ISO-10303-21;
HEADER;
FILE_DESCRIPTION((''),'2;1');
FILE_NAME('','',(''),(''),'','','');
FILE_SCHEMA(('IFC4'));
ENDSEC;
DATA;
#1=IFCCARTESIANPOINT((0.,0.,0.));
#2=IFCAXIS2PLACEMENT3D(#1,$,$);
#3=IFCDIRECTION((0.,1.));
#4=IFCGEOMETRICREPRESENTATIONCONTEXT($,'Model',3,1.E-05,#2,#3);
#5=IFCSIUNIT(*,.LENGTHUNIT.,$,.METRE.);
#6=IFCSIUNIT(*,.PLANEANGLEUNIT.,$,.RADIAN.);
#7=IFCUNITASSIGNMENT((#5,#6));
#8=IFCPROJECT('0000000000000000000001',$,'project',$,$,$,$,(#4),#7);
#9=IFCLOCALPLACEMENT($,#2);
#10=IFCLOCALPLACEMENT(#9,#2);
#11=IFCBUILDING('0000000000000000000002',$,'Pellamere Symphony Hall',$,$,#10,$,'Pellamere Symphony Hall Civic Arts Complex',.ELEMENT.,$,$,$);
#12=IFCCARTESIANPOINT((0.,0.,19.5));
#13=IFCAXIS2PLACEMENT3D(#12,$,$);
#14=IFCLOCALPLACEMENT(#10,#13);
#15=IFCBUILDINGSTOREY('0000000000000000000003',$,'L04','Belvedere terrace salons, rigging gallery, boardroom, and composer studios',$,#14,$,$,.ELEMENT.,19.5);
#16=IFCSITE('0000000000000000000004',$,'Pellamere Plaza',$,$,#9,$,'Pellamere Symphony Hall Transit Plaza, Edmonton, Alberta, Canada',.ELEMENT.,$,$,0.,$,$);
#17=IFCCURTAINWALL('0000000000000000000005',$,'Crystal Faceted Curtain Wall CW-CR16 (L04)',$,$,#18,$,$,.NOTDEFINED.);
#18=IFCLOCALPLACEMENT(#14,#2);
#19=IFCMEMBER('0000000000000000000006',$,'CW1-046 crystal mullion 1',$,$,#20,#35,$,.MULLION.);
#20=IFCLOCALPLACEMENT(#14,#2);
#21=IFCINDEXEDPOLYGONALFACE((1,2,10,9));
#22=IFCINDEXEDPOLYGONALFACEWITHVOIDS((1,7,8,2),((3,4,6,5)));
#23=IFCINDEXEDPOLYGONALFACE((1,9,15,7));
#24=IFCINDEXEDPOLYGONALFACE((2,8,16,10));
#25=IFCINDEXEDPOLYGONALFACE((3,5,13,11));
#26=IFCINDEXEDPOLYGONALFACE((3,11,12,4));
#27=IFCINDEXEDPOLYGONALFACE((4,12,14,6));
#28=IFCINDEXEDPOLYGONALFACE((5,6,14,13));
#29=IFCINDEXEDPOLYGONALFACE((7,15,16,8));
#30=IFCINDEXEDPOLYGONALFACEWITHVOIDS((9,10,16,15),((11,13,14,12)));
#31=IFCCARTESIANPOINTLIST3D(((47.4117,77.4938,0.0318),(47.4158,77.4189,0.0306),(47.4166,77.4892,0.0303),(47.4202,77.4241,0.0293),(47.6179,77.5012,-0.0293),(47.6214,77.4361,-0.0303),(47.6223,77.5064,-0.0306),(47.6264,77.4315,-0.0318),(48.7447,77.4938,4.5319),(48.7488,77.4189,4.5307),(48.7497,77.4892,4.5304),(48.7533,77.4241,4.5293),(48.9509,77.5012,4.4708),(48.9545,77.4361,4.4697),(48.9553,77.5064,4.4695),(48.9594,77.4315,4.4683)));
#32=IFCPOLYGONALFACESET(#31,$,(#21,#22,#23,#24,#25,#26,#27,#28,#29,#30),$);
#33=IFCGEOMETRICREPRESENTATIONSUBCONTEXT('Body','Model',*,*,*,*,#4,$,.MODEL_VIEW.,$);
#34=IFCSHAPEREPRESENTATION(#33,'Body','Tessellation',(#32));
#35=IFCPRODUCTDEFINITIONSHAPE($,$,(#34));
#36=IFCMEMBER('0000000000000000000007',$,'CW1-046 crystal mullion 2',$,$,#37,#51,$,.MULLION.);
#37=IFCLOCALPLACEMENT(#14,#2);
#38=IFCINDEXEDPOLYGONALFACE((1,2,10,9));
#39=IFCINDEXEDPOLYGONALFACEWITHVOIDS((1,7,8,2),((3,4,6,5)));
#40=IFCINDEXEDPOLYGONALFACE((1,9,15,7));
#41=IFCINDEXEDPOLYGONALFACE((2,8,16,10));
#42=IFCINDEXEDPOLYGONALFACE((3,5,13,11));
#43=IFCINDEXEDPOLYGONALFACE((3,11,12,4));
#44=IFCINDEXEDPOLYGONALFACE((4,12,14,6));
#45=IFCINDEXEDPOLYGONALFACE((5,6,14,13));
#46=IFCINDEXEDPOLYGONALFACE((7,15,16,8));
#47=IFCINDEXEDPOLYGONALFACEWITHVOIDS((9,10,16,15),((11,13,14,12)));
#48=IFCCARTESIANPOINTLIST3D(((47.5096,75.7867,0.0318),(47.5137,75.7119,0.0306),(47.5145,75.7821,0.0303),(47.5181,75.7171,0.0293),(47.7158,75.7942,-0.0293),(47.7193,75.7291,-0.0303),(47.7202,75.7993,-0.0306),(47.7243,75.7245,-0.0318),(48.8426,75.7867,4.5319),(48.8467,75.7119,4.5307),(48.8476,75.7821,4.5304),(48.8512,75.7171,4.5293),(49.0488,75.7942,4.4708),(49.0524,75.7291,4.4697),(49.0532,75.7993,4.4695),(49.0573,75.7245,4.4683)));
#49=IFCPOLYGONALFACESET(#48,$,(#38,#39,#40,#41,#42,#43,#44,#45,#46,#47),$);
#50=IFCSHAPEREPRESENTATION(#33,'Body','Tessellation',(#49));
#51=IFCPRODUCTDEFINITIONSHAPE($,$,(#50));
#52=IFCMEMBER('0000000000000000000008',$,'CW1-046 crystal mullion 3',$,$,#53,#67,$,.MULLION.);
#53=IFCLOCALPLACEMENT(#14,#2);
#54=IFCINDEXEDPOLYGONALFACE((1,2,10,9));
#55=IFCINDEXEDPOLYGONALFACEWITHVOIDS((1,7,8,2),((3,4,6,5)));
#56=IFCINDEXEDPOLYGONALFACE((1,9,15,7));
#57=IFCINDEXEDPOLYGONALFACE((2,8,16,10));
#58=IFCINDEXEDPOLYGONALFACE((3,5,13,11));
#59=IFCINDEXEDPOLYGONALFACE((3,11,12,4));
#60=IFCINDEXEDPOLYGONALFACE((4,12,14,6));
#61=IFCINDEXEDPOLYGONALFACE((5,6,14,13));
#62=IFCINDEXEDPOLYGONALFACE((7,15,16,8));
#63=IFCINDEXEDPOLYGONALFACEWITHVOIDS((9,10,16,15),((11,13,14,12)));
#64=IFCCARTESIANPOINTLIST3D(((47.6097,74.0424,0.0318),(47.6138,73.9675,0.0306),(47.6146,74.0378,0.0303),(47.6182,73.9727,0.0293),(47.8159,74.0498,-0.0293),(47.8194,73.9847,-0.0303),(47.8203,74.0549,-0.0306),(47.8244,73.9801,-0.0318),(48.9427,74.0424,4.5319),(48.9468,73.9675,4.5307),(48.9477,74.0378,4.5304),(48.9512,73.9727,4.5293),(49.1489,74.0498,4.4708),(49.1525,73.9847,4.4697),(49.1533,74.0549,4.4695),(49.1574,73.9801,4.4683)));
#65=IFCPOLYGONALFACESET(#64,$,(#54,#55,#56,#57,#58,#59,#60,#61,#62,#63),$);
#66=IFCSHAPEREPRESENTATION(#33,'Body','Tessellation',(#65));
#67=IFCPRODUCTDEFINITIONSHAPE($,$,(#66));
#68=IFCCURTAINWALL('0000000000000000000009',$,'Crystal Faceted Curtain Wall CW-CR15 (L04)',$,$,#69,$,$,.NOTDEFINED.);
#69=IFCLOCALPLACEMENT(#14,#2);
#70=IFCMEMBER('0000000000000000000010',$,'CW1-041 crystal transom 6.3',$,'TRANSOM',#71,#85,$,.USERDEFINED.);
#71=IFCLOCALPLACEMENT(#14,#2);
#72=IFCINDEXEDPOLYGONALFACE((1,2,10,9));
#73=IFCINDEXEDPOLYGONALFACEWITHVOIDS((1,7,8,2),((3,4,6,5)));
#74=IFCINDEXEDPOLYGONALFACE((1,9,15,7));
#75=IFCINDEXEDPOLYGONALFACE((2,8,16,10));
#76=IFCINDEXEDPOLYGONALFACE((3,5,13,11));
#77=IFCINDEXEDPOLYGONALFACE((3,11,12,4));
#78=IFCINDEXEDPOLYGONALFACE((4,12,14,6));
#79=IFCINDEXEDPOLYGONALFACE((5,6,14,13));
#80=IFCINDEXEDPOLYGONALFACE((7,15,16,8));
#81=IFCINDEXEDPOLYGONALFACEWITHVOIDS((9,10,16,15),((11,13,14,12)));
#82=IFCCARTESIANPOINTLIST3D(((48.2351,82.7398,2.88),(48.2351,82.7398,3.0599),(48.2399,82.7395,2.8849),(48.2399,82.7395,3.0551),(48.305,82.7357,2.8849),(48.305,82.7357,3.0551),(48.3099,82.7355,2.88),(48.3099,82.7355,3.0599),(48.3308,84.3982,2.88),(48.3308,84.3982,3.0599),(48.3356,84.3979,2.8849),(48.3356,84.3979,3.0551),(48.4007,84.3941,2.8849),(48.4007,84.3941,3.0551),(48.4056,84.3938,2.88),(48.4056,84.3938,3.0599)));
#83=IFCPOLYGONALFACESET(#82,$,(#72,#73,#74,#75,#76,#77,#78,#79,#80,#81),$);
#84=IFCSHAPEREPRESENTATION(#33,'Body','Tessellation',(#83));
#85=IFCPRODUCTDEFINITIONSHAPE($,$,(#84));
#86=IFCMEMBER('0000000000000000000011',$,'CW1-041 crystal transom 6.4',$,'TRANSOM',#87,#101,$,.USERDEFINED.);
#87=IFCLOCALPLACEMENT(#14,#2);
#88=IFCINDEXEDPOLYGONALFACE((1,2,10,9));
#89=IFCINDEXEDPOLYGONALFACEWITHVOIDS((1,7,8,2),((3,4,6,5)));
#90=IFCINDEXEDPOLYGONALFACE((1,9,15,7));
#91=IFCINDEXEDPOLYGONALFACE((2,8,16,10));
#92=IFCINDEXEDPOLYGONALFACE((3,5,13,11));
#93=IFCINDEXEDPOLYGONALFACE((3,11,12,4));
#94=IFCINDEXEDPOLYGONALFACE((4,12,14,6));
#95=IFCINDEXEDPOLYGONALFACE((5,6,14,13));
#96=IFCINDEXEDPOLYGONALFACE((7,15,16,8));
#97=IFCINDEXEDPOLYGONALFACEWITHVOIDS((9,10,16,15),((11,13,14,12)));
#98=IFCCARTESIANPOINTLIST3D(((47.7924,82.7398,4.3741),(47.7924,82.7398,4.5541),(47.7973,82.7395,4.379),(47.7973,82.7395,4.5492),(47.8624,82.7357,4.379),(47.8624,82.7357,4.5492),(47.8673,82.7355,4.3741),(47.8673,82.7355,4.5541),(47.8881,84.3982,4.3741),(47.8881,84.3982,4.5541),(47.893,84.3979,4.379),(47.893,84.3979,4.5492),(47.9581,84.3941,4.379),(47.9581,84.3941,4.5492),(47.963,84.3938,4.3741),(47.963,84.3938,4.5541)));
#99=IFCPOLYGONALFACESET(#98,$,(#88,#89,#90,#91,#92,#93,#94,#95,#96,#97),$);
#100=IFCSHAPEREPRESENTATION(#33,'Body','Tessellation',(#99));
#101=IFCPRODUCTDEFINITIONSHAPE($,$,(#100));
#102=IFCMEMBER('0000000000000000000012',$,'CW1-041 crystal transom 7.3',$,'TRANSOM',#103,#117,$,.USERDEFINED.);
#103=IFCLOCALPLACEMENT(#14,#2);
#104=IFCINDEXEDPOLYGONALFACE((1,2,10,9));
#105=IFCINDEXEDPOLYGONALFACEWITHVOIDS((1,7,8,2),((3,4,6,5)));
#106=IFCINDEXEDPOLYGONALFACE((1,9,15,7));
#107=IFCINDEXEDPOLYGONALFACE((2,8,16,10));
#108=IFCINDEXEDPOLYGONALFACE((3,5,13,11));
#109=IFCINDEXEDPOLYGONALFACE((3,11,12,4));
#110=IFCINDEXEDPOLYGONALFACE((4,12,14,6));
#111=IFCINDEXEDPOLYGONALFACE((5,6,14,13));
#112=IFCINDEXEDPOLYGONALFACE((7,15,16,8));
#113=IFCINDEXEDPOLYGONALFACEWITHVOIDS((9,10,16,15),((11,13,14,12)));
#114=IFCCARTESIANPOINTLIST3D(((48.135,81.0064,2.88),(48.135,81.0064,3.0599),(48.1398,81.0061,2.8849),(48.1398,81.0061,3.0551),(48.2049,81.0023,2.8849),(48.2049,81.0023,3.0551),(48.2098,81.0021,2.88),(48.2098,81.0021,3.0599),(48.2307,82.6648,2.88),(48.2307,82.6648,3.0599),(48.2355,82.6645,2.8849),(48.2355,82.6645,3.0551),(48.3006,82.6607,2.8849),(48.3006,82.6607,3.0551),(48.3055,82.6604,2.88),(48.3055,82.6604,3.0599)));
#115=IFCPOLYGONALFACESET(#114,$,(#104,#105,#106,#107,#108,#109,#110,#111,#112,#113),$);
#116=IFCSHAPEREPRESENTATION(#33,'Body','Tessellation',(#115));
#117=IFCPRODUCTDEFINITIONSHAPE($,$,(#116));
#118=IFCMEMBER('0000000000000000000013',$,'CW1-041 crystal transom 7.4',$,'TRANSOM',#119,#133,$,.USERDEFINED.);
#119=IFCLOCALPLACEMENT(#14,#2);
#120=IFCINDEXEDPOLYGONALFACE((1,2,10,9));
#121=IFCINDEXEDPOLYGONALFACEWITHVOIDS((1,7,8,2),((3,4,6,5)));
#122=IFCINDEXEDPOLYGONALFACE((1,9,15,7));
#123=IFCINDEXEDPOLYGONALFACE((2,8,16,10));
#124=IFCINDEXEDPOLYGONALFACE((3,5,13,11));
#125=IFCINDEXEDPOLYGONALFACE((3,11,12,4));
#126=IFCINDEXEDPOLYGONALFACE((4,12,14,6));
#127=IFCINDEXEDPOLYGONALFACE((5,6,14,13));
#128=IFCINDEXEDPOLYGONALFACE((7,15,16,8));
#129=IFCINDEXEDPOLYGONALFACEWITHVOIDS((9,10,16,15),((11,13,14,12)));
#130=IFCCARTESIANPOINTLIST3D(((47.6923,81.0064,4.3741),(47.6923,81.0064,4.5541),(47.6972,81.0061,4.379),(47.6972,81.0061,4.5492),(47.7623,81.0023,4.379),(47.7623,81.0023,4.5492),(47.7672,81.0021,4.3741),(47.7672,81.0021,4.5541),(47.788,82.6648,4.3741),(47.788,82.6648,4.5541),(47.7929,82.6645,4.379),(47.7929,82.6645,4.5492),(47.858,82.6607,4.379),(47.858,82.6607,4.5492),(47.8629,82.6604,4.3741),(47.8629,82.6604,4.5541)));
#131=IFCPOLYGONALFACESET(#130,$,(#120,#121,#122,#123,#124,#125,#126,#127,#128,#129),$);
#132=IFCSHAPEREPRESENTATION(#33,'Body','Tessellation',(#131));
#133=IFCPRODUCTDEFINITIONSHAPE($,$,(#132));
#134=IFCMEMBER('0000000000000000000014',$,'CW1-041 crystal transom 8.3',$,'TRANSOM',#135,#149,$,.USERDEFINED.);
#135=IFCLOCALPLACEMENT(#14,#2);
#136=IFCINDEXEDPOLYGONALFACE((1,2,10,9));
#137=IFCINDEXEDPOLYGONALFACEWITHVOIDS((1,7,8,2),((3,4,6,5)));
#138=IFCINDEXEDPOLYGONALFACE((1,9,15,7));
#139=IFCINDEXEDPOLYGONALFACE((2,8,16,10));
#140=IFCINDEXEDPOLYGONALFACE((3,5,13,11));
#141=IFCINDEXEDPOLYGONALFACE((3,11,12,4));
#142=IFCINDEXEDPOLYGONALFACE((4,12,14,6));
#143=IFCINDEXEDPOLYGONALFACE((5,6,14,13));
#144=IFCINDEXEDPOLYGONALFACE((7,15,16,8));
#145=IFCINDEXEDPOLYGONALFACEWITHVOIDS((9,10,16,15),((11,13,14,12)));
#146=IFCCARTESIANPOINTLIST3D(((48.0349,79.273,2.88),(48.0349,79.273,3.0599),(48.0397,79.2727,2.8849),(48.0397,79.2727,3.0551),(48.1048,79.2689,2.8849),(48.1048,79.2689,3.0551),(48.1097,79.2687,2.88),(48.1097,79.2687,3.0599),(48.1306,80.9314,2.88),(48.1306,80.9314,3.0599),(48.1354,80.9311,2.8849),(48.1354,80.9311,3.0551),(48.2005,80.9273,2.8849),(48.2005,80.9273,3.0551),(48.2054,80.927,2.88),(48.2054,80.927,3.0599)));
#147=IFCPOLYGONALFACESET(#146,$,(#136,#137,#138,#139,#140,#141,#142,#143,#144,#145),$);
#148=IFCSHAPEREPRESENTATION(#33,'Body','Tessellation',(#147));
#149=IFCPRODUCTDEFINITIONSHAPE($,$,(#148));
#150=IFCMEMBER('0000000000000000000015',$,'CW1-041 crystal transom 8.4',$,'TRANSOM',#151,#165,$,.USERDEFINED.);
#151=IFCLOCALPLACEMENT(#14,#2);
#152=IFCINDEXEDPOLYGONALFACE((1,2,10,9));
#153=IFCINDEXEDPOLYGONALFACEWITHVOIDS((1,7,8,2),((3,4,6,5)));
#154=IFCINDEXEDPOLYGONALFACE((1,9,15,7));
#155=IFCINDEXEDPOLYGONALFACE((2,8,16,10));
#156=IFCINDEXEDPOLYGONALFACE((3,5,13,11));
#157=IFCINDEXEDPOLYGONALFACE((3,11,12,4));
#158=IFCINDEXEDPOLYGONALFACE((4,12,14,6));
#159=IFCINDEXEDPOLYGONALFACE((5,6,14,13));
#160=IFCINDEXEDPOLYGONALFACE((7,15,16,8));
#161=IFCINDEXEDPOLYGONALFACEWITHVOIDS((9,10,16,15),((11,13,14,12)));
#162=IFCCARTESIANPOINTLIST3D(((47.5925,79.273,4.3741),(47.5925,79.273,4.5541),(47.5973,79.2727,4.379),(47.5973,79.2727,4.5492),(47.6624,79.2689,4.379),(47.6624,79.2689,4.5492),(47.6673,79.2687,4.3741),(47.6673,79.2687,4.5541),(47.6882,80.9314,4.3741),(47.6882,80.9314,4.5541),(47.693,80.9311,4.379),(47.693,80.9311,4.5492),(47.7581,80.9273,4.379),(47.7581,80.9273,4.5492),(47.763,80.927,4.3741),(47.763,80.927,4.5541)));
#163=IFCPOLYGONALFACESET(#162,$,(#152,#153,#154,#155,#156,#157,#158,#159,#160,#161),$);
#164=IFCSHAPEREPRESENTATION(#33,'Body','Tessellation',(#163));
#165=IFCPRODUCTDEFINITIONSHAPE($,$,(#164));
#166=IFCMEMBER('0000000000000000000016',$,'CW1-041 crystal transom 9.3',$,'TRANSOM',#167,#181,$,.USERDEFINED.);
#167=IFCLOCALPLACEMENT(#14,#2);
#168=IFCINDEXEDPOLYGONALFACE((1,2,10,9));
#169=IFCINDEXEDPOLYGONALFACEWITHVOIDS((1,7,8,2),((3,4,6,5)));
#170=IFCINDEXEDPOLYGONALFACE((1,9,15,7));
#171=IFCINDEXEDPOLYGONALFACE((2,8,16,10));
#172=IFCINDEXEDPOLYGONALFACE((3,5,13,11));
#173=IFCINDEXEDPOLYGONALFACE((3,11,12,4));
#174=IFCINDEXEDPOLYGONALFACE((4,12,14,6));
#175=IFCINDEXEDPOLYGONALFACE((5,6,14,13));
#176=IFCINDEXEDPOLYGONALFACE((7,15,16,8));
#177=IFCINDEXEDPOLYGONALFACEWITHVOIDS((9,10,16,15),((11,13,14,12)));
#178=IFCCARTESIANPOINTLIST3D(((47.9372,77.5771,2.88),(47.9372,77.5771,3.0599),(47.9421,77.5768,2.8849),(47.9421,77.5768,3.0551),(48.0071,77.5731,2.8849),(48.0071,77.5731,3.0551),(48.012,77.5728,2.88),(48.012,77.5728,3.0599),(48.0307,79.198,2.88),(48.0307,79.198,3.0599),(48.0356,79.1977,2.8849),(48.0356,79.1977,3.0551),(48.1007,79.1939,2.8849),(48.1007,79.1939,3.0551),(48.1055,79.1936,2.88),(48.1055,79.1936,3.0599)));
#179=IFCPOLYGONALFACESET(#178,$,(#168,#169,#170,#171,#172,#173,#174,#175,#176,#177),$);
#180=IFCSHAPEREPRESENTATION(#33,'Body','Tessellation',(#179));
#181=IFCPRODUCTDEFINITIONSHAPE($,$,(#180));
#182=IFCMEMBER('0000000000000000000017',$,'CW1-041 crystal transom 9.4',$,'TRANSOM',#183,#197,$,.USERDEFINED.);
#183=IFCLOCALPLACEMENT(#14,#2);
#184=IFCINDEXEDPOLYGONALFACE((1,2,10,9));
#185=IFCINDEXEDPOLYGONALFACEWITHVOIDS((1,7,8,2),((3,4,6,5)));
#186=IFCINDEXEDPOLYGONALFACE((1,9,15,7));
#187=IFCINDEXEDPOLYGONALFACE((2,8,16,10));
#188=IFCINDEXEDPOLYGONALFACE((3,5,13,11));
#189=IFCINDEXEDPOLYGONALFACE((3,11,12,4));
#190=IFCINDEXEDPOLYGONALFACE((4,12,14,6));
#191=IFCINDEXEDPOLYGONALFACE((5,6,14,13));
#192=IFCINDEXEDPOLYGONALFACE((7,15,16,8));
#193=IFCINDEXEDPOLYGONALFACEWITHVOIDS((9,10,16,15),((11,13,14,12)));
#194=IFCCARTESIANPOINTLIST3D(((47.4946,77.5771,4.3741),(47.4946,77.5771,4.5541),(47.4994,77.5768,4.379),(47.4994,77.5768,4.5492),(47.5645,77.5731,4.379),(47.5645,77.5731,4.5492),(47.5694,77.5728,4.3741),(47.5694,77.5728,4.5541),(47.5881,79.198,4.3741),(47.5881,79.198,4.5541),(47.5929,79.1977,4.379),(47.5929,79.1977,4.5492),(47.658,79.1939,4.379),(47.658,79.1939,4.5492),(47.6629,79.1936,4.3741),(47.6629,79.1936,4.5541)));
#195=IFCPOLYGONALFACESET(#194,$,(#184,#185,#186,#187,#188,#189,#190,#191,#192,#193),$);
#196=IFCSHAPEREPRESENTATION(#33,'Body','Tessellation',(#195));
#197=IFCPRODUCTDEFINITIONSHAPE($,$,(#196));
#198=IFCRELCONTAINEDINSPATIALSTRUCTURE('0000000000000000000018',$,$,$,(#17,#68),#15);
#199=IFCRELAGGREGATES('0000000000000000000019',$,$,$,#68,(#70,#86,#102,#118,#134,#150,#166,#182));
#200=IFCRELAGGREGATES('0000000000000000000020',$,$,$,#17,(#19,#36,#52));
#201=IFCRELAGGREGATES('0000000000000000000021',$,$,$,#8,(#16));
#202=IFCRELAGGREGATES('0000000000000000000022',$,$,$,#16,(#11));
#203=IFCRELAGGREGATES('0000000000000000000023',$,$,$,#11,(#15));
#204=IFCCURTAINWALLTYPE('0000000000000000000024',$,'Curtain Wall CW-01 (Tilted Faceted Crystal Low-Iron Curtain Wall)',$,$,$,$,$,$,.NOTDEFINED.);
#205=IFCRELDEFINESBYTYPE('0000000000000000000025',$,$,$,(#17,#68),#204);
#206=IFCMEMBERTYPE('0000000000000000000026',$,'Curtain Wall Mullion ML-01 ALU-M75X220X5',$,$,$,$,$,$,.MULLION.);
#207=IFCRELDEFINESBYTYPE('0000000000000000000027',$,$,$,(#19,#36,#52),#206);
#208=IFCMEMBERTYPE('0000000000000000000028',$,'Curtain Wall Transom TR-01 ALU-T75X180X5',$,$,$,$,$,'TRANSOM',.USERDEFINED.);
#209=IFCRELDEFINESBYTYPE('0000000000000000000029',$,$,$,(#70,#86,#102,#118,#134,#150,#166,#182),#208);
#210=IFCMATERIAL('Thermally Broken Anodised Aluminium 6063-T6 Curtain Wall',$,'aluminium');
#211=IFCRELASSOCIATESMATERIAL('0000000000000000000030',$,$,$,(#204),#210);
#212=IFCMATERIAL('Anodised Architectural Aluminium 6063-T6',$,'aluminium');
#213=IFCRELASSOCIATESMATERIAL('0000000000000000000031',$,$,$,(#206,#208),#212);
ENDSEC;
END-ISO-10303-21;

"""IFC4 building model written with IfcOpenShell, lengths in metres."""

from ifc_helpers import new_model, si_unit, direction, frame, origin, origin_2d, place, context, subcontext, project, spatial, hollow_rectangle, extrude, material, material_profile, profile_set, type_object, element, aggregate, save


model = new_model("IFC4")

# Units and contexts
model_context = context("Model", 3, precision=1e-05, world=origin(), true_north=direction((0.0, 1.0)))
body_context = subcontext(model_context, "Body", "Model", "MODEL_VIEW")
ifc_project = project(units=[si_unit("LENGTHUNIT", "METRE"), si_unit("PLANEANGLEUNIT", "RADIAN")], contexts=[model_context])

# Site, building, storey
site_placement = place(None, origin())
site = spatial("IfcSite", under=ifc_project, at=site_placement, Name="Pellamere Plaza", LongName="Pellamere Symphony Hall Transit Plaza, Edmonton, Alberta, Canada", CompositionType="ELEMENT", RefElevation=0.0)
building_placement = place(site_placement, origin())
building = spatial("IfcBuilding", under=site, at=building_placement, Name="Pellamere Symphony Hall", LongName="Pellamere Symphony Hall Civic Arts Complex", CompositionType="ELEMENT")
storey_placement = place(building_placement, frame((0.0, 0.0, 19.5)))
storey = spatial("IfcBuildingStorey", under=building, at=storey_placement, Name="L04", Description="Belvedere terrace salons, rigging gallery, boardroom, and composer studios", CompositionType="ELEMENT", Elevation=19.5)

# Curtain walls, members
ifc_material_1 = material(Name="Thermally Broken Anodised Aluminium 6063-T6 Curtain Wall", Category="aluminium")
curtain_wall_type = type_object("IfcCurtainWallType", Name="Curtain Wall CW-01 (Tilted Faceted Crystal Low-Iron Curtain Wall)", PredefinedType="NOTDEFINED", material=ifc_material_1)
curtain_wall_1_placement = place(storey_placement, origin())
curtain_wall_1 = element("IfcCurtainWall", 1, at=curtain_wall_1_placement, inside=storey, type_object=curtain_wall_type, Name="Crystal Faceted Curtain Wall CW-CR16 (L04)", PredefinedType="NOTDEFINED")
ifc_material_2 = material(Name="Anodised Architectural Aluminium 6063-T6", Category="aluminium")
ifc_material_profile_1 = material_profile(ifc_material_2, hollow_rectangle(XDim=0.075, YDim=0.22, WallThickness=0.0049, at=origin_2d()), Name="ALU-M75X220X5")
ifc_profile_set_1 = profile_set([ifc_material_profile_1], Name="Anodised Architectural Aluminium 6063-T6")
member_type_1 = type_object("IfcMemberType", Name="Curtain Wall Mullion ML-01 ALU-M75X220X5", PredefinedType="MULLION", material=ifc_profile_set_1)
member_1_placement = place(storey_placement, frame((47.519, 77.4626, 0.0), z_axis=(0.284025, 0.0, 0.958817), x_axis=(-0.054874, 0.998361, 0.016255)))
member_1 = element("IfcMember", 2, at=member_1_placement, type_object=member_type_1, Name="CW1-046 crystal mullion 1", PredefinedType="MULLION", context=body_context, shape_type="SweptSolid", body=[
    extrude(hollow_rectangle(XDim=0.075, YDim=0.22, WallThickness=0.0049, at=origin_2d()), origin(), (0.0, 0.0, 1.0), 4.6934),
])
member_2_placement = place(storey_placement, frame((47.6169, 75.7556, 0.0), z_axis=(0.284025, 0.0, 0.958817), x_axis=(-0.054874, 0.998361, 0.016255)))
member_2 = element("IfcMember", 3, at=member_2_placement, type_object=member_type_1, Name="CW1-046 crystal mullion 2", PredefinedType="MULLION", context=body_context, shape_type="SweptSolid", body=[
    extrude(hollow_rectangle(XDim=0.075, YDim=0.22, WallThickness=0.0049, at=origin_2d()), origin(), (0.0, 0.0, 1.0), 4.6934),
])
member_3_placement = place(storey_placement, frame((47.717, 74.0112, 0.0), z_axis=(0.284025, 0.0, 0.958817), x_axis=(-0.054874, 0.998361, 0.016255)))
member_3 = element("IfcMember", 4, at=member_3_placement, type_object=member_type_1, Name="CW1-046 crystal mullion 3", PredefinedType="MULLION", context=body_context, shape_type="SweptSolid", body=[
    extrude(hollow_rectangle(XDim=0.075, YDim=0.22, WallThickness=0.0049, at=origin_2d()), origin(), (0.0, 0.0, 1.0), 4.6934),
])
curtain_wall_2_placement = place(storey_placement, origin())
curtain_wall_2 = element("IfcCurtainWall", 5, at=curtain_wall_2_placement, inside=storey, type_object=curtain_wall_type, Name="Crystal Faceted Curtain Wall CW-CR15 (L04)", PredefinedType="NOTDEFINED")
ifc_material_profile_2 = material_profile(ifc_material_2, hollow_rectangle(XDim=0.075, YDim=0.1799, WallThickness=0.0049, at=origin_2d()), Name="ALU-T75X180X5")
ifc_profile_set_2 = profile_set([ifc_material_profile_2], Name="Anodised Architectural Aluminium 6063-T6")
member_type_2 = type_object("IfcMemberType", Name="Curtain Wall Transom TR-01 ALU-T75X180X5", ElementType="TRANSOM", PredefinedType="USERDEFINED", material=ifc_profile_set_2)
member_4_placement = place(storey_placement, frame((48.3682, 84.396, 2.97), z_axis=(-0.057611, -0.998339, 0.0), x_axis=(0.998339, -0.057611, 0.0)))
member_4 = element("IfcMember", 6, at=member_4_placement, type_object=member_type_2, Name="CW1-041 crystal transom 6.3", ObjectType="TRANSOM", PredefinedType="USERDEFINED", context=body_context, shape_type="SweptSolid", body=[
    extrude(hollow_rectangle(XDim=0.075, YDim=0.1799, WallThickness=0.0049, at=origin_2d()), origin(), (0.0, 0.0, 1.0), 1.6611),
])
member_5_placement = place(storey_placement, frame((47.9255, 84.396, 4.4641), z_axis=(-0.057611, -0.998339, 0.0), x_axis=(0.998339, -0.057611, 0.0)))
member_5 = element("IfcMember", 7, at=member_5_placement, type_object=member_type_2, Name="CW1-041 crystal transom 6.4", ObjectType="TRANSOM", PredefinedType="USERDEFINED", context=body_context, shape_type="SweptSolid", body=[
    extrude(hollow_rectangle(XDim=0.075, YDim=0.1799, WallThickness=0.0049, at=origin_2d()), origin(), (0.0, 0.0, 1.0), 1.6611),
])
member_6_placement = place(storey_placement, frame((48.2681, 82.6626, 2.97), z_axis=(-0.057611, -0.998339, 0.0), x_axis=(0.998339, -0.057611, 0.0)))
member_6 = element("IfcMember", 8, at=member_6_placement, type_object=member_type_2, Name="CW1-041 crystal transom 7.3", ObjectType="TRANSOM", PredefinedType="USERDEFINED", context=body_context, shape_type="SweptSolid", body=[
    extrude(hollow_rectangle(XDim=0.075, YDim=0.1799, WallThickness=0.0049, at=origin_2d()), origin(), (0.0, 0.0, 1.0), 1.6611),
])
member_7_placement = place(storey_placement, frame((47.8254, 82.6626, 4.4641), z_axis=(-0.057611, -0.998339, 0.0), x_axis=(0.998339, -0.057611, 0.0)))
member_7 = element("IfcMember", 9, at=member_7_placement, type_object=member_type_2, Name="CW1-041 crystal transom 7.4", ObjectType="TRANSOM", PredefinedType="USERDEFINED", context=body_context, shape_type="SweptSolid", body=[
    extrude(hollow_rectangle(XDim=0.075, YDim=0.1799, WallThickness=0.0049, at=origin_2d()), origin(), (0.0, 0.0, 1.0), 1.6611),
])
member_8_placement = place(storey_placement, frame((48.168, 80.9292, 2.97), z_axis=(-0.057611, -0.998339, 0.0), x_axis=(0.998339, -0.057611, 0.0)))
member_8 = element("IfcMember", 10, at=member_8_placement, type_object=member_type_2, Name="CW1-041 crystal transom 8.3", ObjectType="TRANSOM", PredefinedType="USERDEFINED", context=body_context, shape_type="SweptSolid", body=[
    extrude(hollow_rectangle(XDim=0.075, YDim=0.1799, WallThickness=0.0049, at=origin_2d()), origin(), (0.0, 0.0, 1.0), 1.6611),
])
member_9_placement = place(storey_placement, frame((47.7256, 80.9292, 4.4641), z_axis=(-0.057611, -0.998339, 0.0), x_axis=(0.998339, -0.057611, 0.0)))
member_9 = element("IfcMember", 11, at=member_9_placement, type_object=member_type_2, Name="CW1-041 crystal transom 8.4", ObjectType="TRANSOM", PredefinedType="USERDEFINED", context=body_context, shape_type="SweptSolid", body=[
    extrude(hollow_rectangle(XDim=0.075, YDim=0.1799, WallThickness=0.0049, at=origin_2d()), origin(), (0.0, 0.0, 1.0), 1.6611),
])
member_10_placement = place(storey_placement, frame((48.0681, 79.1958, 2.97), z_axis=(-0.057594, -0.99834, 0.0), x_axis=(0.99834, -0.057594, 0.0)))
member_10 = element("IfcMember", 12, at=member_10_placement, type_object=member_type_2, Name="CW1-041 crystal transom 9.3", ObjectType="TRANSOM", PredefinedType="USERDEFINED", context=body_context, shape_type="SweptSolid", body=[
    extrude(hollow_rectangle(XDim=0.075, YDim=0.1799, WallThickness=0.0049, at=origin_2d()), origin(), (0.0, 0.0, 1.0), 1.6235),
])
member_11_placement = place(storey_placement, frame((47.6255, 79.1958, 4.4641), z_axis=(-0.057594, -0.99834, 0.0), x_axis=(0.99834, -0.057594, 0.0)))
member_11 = element("IfcMember", 13, at=member_11_placement, type_object=member_type_2, Name="CW1-041 crystal transom 9.4", ObjectType="TRANSOM", PredefinedType="USERDEFINED", context=body_context, shape_type="SweptSolid", body=[
    extrude(hollow_rectangle(XDim=0.075, YDim=0.1799, WallThickness=0.0049, at=origin_2d()), origin(), (0.0, 0.0, 1.0), 1.6235),
])

aggregate(curtain_wall_2, [member_4, member_5, member_6, member_7, member_8, member_9, member_10, member_11])
aggregate(curtain_wall_1, [member_1, member_2, member_3])

save(model, "model.ifc")
